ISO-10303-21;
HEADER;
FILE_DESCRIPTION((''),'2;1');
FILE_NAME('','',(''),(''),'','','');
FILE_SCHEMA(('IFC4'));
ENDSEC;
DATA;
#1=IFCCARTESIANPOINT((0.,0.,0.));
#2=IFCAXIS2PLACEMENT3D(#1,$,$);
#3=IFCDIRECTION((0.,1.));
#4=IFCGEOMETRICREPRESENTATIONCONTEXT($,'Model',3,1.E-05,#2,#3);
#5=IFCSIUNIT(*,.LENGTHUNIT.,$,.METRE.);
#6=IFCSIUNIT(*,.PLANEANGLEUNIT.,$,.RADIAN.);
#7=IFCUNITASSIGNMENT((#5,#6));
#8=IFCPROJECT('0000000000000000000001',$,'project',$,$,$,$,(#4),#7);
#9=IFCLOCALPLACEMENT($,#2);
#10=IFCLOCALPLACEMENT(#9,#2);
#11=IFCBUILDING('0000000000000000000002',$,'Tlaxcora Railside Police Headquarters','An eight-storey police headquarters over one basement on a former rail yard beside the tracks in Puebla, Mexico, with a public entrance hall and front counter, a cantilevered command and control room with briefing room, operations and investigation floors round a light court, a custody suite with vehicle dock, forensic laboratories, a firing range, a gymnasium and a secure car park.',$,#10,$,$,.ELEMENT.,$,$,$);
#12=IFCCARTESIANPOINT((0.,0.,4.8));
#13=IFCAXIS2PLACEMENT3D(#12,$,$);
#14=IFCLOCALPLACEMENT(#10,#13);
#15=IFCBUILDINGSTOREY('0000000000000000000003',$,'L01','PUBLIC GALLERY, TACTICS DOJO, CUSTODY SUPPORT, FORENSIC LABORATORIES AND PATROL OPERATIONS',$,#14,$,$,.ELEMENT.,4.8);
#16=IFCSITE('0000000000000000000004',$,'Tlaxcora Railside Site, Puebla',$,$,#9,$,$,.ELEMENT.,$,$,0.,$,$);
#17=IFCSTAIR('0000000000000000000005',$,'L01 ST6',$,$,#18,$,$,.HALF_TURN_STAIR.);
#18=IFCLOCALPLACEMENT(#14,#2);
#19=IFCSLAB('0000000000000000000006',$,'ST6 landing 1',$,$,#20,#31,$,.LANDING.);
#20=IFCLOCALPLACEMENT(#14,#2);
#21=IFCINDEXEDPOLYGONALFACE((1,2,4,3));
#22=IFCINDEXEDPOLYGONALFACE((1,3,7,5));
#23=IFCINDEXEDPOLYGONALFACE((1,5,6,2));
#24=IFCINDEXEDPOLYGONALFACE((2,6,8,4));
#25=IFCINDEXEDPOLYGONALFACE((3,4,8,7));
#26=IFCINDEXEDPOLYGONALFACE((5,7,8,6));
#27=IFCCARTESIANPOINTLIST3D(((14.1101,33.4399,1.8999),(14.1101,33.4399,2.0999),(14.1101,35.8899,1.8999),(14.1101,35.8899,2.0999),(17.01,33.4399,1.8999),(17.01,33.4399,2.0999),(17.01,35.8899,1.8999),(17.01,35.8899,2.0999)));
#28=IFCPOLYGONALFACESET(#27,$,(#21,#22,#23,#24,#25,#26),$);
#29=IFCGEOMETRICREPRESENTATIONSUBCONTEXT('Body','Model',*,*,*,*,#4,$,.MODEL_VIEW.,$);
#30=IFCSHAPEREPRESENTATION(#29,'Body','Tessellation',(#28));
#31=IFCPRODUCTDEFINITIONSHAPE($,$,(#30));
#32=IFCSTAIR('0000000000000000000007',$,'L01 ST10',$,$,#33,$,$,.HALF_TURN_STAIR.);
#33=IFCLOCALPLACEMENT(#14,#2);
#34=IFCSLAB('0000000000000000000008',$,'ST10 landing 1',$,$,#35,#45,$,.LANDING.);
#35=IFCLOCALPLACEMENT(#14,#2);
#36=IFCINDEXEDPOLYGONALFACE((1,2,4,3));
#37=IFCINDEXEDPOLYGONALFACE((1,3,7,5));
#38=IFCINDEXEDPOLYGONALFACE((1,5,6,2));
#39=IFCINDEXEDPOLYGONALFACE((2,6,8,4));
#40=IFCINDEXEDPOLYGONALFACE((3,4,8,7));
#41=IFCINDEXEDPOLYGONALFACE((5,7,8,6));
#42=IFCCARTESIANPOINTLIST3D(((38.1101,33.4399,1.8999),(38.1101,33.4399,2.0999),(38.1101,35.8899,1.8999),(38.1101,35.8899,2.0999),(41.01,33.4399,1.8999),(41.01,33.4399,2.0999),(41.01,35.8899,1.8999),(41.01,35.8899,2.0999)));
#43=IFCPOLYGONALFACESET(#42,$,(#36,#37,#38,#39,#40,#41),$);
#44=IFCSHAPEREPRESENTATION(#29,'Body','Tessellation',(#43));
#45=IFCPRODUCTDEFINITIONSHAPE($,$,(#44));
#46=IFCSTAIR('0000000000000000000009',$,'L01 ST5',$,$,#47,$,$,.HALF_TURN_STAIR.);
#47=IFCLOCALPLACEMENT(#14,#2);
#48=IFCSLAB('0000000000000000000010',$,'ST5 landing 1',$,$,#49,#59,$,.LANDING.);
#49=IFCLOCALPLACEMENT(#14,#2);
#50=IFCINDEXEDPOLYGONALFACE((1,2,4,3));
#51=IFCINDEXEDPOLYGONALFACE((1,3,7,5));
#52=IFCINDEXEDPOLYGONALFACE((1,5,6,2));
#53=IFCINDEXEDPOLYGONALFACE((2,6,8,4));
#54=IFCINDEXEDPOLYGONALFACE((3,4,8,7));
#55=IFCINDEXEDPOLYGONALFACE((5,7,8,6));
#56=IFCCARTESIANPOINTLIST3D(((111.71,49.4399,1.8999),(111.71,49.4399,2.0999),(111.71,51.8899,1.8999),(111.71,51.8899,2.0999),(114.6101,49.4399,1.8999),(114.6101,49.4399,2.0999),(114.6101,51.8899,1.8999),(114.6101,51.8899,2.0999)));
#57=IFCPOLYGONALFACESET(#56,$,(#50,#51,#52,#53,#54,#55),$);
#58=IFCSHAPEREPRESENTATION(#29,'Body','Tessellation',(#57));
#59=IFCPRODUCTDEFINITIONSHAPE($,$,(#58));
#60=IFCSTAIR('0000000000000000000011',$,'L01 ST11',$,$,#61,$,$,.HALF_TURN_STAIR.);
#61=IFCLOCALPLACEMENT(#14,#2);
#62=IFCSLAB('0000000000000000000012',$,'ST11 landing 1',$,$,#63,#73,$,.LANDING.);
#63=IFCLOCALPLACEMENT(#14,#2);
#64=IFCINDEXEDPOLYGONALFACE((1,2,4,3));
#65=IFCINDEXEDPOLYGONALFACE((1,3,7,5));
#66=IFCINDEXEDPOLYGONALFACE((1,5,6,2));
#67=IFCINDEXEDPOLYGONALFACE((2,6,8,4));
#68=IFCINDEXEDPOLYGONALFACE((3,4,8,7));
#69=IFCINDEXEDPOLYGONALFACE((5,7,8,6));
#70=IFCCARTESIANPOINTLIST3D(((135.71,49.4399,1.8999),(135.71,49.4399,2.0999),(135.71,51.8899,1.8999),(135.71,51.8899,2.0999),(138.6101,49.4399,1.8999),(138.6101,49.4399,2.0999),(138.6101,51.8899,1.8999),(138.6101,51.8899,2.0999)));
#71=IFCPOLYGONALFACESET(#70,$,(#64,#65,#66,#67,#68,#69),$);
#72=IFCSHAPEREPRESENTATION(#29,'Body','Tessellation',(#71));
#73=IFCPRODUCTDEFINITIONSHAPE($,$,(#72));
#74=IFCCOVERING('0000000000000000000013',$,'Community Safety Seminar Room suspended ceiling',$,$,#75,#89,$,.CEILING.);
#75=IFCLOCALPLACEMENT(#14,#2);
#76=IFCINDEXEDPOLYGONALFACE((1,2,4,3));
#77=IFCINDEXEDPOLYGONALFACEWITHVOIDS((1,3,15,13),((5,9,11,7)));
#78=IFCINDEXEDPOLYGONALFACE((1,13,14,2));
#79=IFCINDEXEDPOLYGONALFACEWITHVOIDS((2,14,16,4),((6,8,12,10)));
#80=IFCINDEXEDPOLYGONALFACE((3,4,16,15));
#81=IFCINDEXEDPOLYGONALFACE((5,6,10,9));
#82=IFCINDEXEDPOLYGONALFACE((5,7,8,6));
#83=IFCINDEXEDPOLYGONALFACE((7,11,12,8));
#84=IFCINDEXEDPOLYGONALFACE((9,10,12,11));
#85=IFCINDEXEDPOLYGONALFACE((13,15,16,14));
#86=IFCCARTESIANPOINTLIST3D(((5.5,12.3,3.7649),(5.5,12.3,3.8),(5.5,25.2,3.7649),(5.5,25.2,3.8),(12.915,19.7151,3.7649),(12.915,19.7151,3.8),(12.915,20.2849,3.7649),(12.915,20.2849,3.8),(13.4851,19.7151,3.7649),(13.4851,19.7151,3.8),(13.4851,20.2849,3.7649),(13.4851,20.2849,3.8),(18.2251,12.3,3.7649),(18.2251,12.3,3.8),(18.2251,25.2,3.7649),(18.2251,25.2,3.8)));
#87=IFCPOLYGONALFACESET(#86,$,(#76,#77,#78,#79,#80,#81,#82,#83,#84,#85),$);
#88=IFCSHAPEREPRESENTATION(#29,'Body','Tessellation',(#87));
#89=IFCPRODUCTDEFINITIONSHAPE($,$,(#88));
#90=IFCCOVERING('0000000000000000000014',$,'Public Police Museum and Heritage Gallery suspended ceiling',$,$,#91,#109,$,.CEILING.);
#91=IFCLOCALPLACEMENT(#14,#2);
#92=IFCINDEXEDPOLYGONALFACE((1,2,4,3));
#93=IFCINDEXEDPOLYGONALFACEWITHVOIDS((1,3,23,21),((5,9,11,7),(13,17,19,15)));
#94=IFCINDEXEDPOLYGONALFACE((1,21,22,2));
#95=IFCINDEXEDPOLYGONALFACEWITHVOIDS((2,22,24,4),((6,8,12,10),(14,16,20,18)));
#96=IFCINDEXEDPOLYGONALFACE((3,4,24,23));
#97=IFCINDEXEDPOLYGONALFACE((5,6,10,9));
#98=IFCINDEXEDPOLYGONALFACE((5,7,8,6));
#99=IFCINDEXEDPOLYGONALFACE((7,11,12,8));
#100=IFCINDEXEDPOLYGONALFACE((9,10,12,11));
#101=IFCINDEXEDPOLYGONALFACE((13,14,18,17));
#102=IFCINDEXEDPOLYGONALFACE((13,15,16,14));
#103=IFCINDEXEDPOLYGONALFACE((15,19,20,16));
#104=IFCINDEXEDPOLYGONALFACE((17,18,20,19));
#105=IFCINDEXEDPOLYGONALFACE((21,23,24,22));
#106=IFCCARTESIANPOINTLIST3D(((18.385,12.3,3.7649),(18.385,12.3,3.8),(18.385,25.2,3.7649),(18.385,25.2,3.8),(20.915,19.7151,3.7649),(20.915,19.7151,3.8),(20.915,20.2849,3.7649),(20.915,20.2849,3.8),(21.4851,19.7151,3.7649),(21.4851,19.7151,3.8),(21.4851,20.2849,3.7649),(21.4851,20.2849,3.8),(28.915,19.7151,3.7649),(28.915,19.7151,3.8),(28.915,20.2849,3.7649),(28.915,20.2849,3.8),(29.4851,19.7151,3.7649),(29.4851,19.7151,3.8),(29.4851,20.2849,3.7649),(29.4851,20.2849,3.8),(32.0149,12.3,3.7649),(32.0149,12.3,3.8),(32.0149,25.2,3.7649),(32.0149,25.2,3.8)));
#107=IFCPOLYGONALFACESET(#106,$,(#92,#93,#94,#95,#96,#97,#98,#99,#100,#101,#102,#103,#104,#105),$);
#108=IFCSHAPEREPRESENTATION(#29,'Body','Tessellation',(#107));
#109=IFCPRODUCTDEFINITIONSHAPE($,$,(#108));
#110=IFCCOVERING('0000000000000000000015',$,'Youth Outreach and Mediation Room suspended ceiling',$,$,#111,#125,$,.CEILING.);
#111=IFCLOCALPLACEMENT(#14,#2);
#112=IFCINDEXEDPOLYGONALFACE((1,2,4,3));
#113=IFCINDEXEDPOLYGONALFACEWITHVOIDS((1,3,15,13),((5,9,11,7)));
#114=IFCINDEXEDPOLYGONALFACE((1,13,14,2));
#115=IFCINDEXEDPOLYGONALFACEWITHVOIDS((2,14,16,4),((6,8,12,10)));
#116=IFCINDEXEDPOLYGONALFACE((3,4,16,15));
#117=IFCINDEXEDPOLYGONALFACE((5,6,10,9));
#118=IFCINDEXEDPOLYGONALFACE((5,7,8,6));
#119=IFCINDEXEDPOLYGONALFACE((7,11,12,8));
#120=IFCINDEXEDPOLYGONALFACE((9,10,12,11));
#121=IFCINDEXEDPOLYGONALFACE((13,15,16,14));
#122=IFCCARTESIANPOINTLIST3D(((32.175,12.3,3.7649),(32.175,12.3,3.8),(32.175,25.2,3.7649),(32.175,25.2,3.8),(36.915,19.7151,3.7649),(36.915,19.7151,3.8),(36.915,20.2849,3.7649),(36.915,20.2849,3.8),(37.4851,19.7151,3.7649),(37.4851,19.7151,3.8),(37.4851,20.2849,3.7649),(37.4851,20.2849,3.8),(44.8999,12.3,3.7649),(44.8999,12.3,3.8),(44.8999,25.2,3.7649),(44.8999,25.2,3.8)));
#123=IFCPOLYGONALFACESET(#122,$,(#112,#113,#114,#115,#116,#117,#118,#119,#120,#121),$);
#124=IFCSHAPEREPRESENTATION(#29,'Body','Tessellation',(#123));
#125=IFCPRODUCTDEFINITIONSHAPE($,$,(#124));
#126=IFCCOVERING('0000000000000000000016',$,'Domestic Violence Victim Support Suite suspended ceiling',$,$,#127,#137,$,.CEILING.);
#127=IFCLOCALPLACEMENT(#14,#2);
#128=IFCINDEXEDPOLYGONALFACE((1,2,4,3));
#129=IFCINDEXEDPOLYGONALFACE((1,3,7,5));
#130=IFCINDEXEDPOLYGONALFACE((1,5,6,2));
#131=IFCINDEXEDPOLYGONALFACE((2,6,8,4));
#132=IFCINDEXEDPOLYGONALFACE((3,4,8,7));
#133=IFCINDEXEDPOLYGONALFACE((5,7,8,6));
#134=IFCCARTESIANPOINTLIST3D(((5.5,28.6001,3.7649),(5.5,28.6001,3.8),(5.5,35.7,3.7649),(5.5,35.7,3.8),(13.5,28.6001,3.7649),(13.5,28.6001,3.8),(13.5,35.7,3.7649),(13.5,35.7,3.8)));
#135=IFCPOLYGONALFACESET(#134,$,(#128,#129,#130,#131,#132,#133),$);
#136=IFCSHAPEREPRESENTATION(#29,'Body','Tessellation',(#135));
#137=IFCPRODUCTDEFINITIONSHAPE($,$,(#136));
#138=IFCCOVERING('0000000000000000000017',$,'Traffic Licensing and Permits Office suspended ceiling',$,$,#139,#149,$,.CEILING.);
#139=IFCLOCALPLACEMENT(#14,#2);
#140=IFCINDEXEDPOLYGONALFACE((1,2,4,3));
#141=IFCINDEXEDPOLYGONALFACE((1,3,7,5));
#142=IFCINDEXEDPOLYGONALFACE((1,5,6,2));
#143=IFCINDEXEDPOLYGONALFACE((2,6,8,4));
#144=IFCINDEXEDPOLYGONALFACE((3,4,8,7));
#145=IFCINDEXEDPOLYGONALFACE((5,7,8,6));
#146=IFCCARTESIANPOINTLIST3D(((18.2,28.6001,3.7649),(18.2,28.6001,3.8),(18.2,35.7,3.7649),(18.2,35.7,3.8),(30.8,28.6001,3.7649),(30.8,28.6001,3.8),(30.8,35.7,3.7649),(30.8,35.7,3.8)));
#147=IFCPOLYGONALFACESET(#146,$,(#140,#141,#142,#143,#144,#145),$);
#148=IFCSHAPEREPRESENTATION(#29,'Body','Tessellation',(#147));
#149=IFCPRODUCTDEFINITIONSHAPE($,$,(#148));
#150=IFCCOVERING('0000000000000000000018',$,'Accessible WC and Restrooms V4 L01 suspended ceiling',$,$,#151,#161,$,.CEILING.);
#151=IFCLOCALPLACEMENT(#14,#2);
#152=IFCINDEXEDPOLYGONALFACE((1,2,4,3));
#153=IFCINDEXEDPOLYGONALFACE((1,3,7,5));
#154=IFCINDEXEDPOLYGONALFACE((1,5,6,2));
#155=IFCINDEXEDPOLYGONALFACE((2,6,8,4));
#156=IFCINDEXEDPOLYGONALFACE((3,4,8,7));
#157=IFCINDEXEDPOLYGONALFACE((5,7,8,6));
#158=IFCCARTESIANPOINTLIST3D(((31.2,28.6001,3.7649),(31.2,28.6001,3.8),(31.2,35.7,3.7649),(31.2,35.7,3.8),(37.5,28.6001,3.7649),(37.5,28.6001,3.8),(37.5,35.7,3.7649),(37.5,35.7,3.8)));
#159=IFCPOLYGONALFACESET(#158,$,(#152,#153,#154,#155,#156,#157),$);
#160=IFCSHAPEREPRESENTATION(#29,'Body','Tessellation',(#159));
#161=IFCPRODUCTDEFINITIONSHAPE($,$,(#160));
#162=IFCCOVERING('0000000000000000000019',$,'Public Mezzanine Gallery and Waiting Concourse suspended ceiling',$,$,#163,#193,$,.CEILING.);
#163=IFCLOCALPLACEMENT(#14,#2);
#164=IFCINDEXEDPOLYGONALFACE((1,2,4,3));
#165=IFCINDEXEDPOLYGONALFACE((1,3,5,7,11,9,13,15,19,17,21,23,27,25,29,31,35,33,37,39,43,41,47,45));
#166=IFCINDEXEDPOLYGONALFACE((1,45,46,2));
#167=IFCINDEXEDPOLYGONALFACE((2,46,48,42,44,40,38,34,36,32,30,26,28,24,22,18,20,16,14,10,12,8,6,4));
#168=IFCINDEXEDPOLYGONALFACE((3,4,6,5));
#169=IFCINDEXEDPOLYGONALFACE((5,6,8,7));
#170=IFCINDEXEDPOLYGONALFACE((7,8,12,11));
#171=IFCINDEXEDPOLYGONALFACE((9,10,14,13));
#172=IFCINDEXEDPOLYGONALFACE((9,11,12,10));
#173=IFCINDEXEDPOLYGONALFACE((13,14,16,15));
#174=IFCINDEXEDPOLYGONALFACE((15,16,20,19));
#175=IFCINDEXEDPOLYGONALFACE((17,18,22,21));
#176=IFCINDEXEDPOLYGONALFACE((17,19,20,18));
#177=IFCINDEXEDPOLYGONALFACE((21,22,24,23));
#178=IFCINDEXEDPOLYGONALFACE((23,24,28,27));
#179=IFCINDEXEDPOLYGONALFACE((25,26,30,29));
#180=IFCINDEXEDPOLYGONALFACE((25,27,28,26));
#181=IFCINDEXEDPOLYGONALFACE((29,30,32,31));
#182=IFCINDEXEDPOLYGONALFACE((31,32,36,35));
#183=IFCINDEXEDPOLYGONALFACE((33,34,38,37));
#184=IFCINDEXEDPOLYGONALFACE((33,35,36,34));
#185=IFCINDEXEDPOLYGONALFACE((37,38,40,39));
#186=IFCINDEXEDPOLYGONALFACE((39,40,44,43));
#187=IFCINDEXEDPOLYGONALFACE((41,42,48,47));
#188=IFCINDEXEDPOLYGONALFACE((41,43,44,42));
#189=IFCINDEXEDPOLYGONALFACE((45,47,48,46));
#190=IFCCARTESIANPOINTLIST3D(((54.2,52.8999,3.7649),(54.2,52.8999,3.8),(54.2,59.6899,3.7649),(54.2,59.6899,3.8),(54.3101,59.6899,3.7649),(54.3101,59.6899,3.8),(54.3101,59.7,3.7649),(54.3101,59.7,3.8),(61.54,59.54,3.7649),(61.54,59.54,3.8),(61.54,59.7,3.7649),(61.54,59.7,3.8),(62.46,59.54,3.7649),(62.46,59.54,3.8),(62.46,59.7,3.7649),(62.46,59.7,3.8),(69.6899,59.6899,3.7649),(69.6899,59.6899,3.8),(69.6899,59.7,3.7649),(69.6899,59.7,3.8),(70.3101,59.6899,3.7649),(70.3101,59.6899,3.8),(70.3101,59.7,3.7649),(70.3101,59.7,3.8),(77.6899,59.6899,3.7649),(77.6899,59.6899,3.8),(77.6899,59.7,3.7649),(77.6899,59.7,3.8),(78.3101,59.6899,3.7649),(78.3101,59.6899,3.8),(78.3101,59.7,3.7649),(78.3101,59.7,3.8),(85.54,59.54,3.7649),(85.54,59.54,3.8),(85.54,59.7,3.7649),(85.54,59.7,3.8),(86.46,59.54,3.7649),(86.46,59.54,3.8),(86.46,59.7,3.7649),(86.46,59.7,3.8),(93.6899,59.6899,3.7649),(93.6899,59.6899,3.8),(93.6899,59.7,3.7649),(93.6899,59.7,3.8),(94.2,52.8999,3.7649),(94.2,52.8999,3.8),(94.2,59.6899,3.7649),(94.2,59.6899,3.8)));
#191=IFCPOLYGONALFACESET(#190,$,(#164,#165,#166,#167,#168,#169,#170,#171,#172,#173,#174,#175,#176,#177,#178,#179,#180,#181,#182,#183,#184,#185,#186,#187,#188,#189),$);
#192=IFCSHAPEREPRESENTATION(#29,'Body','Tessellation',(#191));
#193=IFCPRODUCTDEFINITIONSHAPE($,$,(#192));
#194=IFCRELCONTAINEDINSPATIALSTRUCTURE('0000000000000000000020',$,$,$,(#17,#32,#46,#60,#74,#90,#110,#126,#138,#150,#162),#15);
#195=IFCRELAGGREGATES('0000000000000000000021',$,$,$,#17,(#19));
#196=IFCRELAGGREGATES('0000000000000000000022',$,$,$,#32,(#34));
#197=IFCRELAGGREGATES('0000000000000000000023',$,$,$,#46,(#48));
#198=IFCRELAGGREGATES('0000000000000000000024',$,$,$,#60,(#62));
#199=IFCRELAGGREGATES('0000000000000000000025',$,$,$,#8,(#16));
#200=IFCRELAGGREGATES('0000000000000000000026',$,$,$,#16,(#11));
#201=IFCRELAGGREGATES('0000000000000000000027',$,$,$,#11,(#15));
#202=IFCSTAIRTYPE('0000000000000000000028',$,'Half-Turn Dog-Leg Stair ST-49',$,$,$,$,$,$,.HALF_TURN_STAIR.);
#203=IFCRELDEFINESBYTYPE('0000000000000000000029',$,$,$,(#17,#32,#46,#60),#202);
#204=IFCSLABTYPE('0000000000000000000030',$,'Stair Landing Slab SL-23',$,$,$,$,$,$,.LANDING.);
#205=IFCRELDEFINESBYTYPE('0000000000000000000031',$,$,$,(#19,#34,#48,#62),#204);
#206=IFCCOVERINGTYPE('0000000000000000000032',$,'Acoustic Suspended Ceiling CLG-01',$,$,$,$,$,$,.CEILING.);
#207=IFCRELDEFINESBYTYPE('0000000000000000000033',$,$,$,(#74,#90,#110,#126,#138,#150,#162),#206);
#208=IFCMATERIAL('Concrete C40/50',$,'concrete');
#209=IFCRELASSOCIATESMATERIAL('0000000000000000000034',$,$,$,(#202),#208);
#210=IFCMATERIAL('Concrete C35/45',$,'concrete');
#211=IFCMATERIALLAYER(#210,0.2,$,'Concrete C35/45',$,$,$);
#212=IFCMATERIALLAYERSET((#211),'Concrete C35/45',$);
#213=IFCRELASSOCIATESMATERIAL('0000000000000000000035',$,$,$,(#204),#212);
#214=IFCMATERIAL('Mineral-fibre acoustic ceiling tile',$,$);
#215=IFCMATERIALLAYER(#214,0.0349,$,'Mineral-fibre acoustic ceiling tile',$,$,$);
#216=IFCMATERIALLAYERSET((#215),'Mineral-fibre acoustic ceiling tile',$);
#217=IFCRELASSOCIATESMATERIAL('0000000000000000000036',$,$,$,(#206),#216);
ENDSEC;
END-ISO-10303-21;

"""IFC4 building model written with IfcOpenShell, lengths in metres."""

from ifc_helpers import new_model, si_unit, direction, frame, origin, place, context, subcontext, project, spatial, polyline, outline, extrude, material, layer, layer_set, type_object, element, aggregate, save


model = new_model("IFC4")

# Units and contexts
model_context = context("Model", 3, precision=1e-05, world=origin(), true_north=direction((0.0, 1.0)))
body_context = subcontext(model_context, "Body", "Model", "MODEL_VIEW")
ifc_project = project(units=[si_unit("LENGTHUNIT", "METRE"), si_unit("PLANEANGLEUNIT", "RADIAN")], contexts=[model_context])

# Site, building, storey
site_placement = place(None, origin())
site = spatial("IfcSite", under=ifc_project, at=site_placement, Name="Tlaxcora Railside Site, Puebla", CompositionType="ELEMENT", RefElevation=0.0)
building_placement = place(site_placement, origin())
building = spatial("IfcBuilding", under=site, at=building_placement, Name="Tlaxcora Railside Police Headquarters", Description="An eight-storey police headquarters over one basement on a former rail yard beside the tracks in Puebla, Mexico, with a public entrance hall and front counter, a cantilevered command and control room with briefing room, operations and investigation floors round a light court, a custody suite with vehicle dock, forensic laboratories, a firing range, a gymnasium and a secure car park.", CompositionType="ELEMENT")
storey_placement = place(building_placement, frame((0.0, 0.0, 4.8)))
storey = spatial("IfcBuildingStorey", under=building, at=storey_placement, Name="L01", Description="PUBLIC GALLERY, TACTICS DOJO, CUSTODY SUPPORT, FORENSIC LABORATORIES AND PATROL OPERATIONS", CompositionType="ELEMENT", Elevation=4.8)

# Stairs, slabs
ifc_material_1 = material(Name="Concrete C40/50", Category="concrete")
stair_type = type_object("IfcStairType", Name="Half-Turn Dog-Leg Stair ST-49", PredefinedType="HALF_TURN_STAIR", material=ifc_material_1)
stair_1_placement = place(storey_placement, origin())
stair_1 = element("IfcStair", 1, at=stair_1_placement, inside=storey, type_object=stair_type, Name="L01 ST6", PredefinedType="HALF_TURN_STAIR")
ifc_material_2 = material(Name="Concrete C35/45", Category="concrete")
ifc_layer_1 = layer(ifc_material_2, 0.2, Name="Concrete C35/45")
ifc_layer_set_1 = layer_set([ifc_layer_1], Name="Concrete C35/45")
slab_type = type_object("IfcSlabType", Name="Stair Landing Slab SL-23", PredefinedType="LANDING", material=ifc_layer_set_1)
slab_1_placement = place(storey_placement, frame((0.0, 0.0, 1.8999)))
slab_1 = element("IfcSlab", 2, at=slab_1_placement, type_object=slab_type, Name="ST6 landing 1", PredefinedType="LANDING", context=body_context, shape_type="SweptSolid", body=[
    extrude(outline(polyline([(17.01, 33.4399), (17.01, 35.8899), (14.1101, 35.8899), (14.1101, 33.4399), (17.01, 33.4399)])), origin(), (0.0, 0.0, 1.0), 0.2),
])
aggregate(stair_1, [slab_1])
stair_2_placement = place(storey_placement, origin())
stair_2 = element("IfcStair", 3, at=stair_2_placement, inside=storey, type_object=stair_type, Name="L01 ST10", PredefinedType="HALF_TURN_STAIR")
slab_2_placement = place(storey_placement, frame((0.0, 0.0, 1.8999)))
slab_2 = element("IfcSlab", 4, at=slab_2_placement, type_object=slab_type, Name="ST10 landing 1", PredefinedType="LANDING", context=body_context, shape_type="SweptSolid", body=[
    extrude(outline(polyline([(41.01, 33.4399), (41.01, 35.8899), (38.1101, 35.8899), (38.1101, 33.4399), (41.01, 33.4399)])), origin(), (0.0, 0.0, 1.0), 0.2),
])
aggregate(stair_2, [slab_2])
stair_3_placement = place(storey_placement, origin())
stair_3 = element("IfcStair", 5, at=stair_3_placement, inside=storey, type_object=stair_type, Name="L01 ST5", PredefinedType="HALF_TURN_STAIR")
slab_3_placement = place(storey_placement, frame((0.0, 0.0, 1.8999)))
slab_3 = element("IfcSlab", 6, at=slab_3_placement, type_object=slab_type, Name="ST5 landing 1", PredefinedType="LANDING", context=body_context, shape_type="SweptSolid", body=[
    extrude(outline(polyline([(114.6101, 49.4399), (114.6101, 51.8899), (111.71, 51.8899), (111.71, 49.4399), (114.6101, 49.4399)])), origin(), (0.0, 0.0, 1.0), 0.2),
])
aggregate(stair_3, [slab_3])
stair_4_placement = place(storey_placement, origin())
stair_4 = element("IfcStair", 7, at=stair_4_placement, inside=storey, type_object=stair_type, Name="L01 ST11", PredefinedType="HALF_TURN_STAIR")
slab_4_placement = place(storey_placement, frame((0.0, 0.0, 1.8999)))
slab_4 = element("IfcSlab", 8, at=slab_4_placement, type_object=slab_type, Name="ST11 landing 1", PredefinedType="LANDING", context=body_context, shape_type="SweptSolid", body=[
    extrude(outline(polyline([(138.6101, 49.4399), (138.6101, 51.8899), (135.71, 51.8899), (135.71, 49.4399), (138.6101, 49.4399)])), origin(), (0.0, 0.0, 1.0), 0.2),
])
aggregate(stair_4, [slab_4])

# Coverings
ifc_material_3 = material(Name="Mineral-fibre acoustic ceiling tile")
ifc_layer_2 = layer(ifc_material_3, 0.0349, Name="Mineral-fibre acoustic ceiling tile")
ifc_layer_set_2 = layer_set([ifc_layer_2], Name="Mineral-fibre acoustic ceiling tile")
covering_type = type_object("IfcCoveringType", Name="Acoustic Suspended Ceiling CLG-01", PredefinedType="CEILING", material=ifc_layer_set_2)
covering_1_placement = place(storey_placement, frame((0.0, 0.0, 3.7649)))
element("IfcCovering", 9, at=covering_1_placement, inside=storey, type_object=covering_type, Name="Community Safety Seminar Room suspended ceiling", PredefinedType="CEILING", context=body_context, shape_type="SweptSolid", body=[
    extrude(outline(polyline([(5.5, 12.3), (18.2251, 12.3), (18.2251, 25.2), (5.5, 25.2), (5.5, 12.3)]), holes=[polyline([(13.4851, 19.7151), (12.915, 19.7151), (12.915, 20.2849), (13.4851, 20.2849), (13.4851, 19.7151)])]), origin(), (0.0, 0.0, 1.0), 0.0352),
])
covering_2_placement = place(storey_placement, frame((0.0, 0.0, 3.7649)))
element("IfcCovering", 10, at=covering_2_placement, inside=storey, type_object=covering_type, Name="Public Police Museum and Heritage Gallery suspended ceiling", PredefinedType="CEILING", context=body_context, shape_type="SweptSolid", body=[
    extrude(outline(polyline([(18.385, 25.2), (18.385, 12.3), (32.0149, 12.3), (32.0149, 25.2), (18.385, 25.2)]), holes=[polyline([(21.4851, 20.2849), (21.4851, 19.7151), (20.915, 19.7151), (20.915, 20.2849), (21.4851, 20.2849)]), polyline([(29.4851, 19.7151), (28.915, 19.7151), (28.915, 20.2849), (29.4851, 20.2849), (29.4851, 19.7151)])]), origin(), (0.0, 0.0, 1.0), 0.0352),
])
covering_3_placement = place(storey_placement, frame((0.0, 0.0, 3.7649)))
element("IfcCovering", 11, at=covering_3_placement, inside=storey, type_object=covering_type, Name="Youth Outreach and Mediation Room suspended ceiling", PredefinedType="CEILING", context=body_context, shape_type="SweptSolid", body=[
    extrude(outline(polyline([(32.175, 12.3), (44.8999, 12.3), (44.8999, 25.2), (32.175, 25.2), (32.175, 12.3)]), holes=[polyline([(37.4851, 19.7151), (36.915, 19.7151), (36.915, 20.2849), (37.4851, 20.2849), (37.4851, 19.7151)])]), origin(), (0.0, 0.0, 1.0), 0.0352),
])
covering_4_placement = place(storey_placement, frame((0.0, 0.0, 3.7649)))
element("IfcCovering", 12, at=covering_4_placement, inside=storey, type_object=covering_type, Name="Domestic Violence Victim Support Suite suspended ceiling", PredefinedType="CEILING", context=body_context, shape_type="SweptSolid", body=[
    extrude(outline(polyline([(13.5, 28.6001), (13.5, 35.7), (5.5, 35.7), (5.5, 28.6001), (13.5, 28.6001)])), origin(), (0.0, 0.0, 1.0), 0.0352),
])
covering_5_placement = place(storey_placement, frame((0.0, 0.0, 3.7649)))
element("IfcCovering", 13, at=covering_5_placement, inside=storey, type_object=covering_type, Name="Traffic Licensing and Permits Office suspended ceiling", PredefinedType="CEILING", context=body_context, shape_type="SweptSolid", body=[
    extrude(outline(polyline([(30.8, 28.6001), (30.8, 35.7), (18.2, 35.7), (18.2, 28.6001), (30.8, 28.6001)])), origin(), (0.0, 0.0, 1.0), 0.0352),
])
covering_6_placement = place(storey_placement, frame((0.0, 0.0, 3.7649)))
element("IfcCovering", 14, at=covering_6_placement, inside=storey, type_object=covering_type, Name="Accessible WC and Restrooms V4 L01 suspended ceiling", PredefinedType="CEILING", context=body_context, shape_type="SweptSolid", body=[
    extrude(outline(polyline([(37.5, 28.6001), (37.5, 35.7), (31.2, 35.7), (31.2, 28.6001), (37.5, 28.6001)])), origin(), (0.0, 0.0, 1.0), 0.0352),
])
covering_7_placement = place(storey_placement, frame((0.0, 0.0, 3.7649)))
element("IfcCovering", 15, at=covering_7_placement, inside=storey, type_object=covering_type, Name="Public Mezzanine Gallery and Waiting Concourse suspended ceiling", PredefinedType="CEILING", context=body_context, shape_type="SweptSolid", body=[
    extrude(outline(polyline([(61.54, 59.54), (61.54, 59.7), (54.3101, 59.7), (54.3101, 59.6899), (54.2, 59.6899), (54.2, 52.8999), (94.2, 52.8999), (94.2, 59.6899), (93.6899, 59.6899), (93.6899, 59.7), (86.46, 59.7), (86.46, 59.54), (85.54, 59.54), (85.54, 59.7), (78.3101, 59.7), (78.3101, 59.6899), (77.6899, 59.6899), (77.6899, 59.7), (70.3101, 59.7), (70.3101, 59.6899), (69.6899, 59.6899), (69.6899, 59.7), (62.46, 59.7), (62.46, 59.54), (61.54, 59.54)])), origin(), (0.0, 0.0, 1.0), 0.0352),
])

save(model, "model.ifc")
